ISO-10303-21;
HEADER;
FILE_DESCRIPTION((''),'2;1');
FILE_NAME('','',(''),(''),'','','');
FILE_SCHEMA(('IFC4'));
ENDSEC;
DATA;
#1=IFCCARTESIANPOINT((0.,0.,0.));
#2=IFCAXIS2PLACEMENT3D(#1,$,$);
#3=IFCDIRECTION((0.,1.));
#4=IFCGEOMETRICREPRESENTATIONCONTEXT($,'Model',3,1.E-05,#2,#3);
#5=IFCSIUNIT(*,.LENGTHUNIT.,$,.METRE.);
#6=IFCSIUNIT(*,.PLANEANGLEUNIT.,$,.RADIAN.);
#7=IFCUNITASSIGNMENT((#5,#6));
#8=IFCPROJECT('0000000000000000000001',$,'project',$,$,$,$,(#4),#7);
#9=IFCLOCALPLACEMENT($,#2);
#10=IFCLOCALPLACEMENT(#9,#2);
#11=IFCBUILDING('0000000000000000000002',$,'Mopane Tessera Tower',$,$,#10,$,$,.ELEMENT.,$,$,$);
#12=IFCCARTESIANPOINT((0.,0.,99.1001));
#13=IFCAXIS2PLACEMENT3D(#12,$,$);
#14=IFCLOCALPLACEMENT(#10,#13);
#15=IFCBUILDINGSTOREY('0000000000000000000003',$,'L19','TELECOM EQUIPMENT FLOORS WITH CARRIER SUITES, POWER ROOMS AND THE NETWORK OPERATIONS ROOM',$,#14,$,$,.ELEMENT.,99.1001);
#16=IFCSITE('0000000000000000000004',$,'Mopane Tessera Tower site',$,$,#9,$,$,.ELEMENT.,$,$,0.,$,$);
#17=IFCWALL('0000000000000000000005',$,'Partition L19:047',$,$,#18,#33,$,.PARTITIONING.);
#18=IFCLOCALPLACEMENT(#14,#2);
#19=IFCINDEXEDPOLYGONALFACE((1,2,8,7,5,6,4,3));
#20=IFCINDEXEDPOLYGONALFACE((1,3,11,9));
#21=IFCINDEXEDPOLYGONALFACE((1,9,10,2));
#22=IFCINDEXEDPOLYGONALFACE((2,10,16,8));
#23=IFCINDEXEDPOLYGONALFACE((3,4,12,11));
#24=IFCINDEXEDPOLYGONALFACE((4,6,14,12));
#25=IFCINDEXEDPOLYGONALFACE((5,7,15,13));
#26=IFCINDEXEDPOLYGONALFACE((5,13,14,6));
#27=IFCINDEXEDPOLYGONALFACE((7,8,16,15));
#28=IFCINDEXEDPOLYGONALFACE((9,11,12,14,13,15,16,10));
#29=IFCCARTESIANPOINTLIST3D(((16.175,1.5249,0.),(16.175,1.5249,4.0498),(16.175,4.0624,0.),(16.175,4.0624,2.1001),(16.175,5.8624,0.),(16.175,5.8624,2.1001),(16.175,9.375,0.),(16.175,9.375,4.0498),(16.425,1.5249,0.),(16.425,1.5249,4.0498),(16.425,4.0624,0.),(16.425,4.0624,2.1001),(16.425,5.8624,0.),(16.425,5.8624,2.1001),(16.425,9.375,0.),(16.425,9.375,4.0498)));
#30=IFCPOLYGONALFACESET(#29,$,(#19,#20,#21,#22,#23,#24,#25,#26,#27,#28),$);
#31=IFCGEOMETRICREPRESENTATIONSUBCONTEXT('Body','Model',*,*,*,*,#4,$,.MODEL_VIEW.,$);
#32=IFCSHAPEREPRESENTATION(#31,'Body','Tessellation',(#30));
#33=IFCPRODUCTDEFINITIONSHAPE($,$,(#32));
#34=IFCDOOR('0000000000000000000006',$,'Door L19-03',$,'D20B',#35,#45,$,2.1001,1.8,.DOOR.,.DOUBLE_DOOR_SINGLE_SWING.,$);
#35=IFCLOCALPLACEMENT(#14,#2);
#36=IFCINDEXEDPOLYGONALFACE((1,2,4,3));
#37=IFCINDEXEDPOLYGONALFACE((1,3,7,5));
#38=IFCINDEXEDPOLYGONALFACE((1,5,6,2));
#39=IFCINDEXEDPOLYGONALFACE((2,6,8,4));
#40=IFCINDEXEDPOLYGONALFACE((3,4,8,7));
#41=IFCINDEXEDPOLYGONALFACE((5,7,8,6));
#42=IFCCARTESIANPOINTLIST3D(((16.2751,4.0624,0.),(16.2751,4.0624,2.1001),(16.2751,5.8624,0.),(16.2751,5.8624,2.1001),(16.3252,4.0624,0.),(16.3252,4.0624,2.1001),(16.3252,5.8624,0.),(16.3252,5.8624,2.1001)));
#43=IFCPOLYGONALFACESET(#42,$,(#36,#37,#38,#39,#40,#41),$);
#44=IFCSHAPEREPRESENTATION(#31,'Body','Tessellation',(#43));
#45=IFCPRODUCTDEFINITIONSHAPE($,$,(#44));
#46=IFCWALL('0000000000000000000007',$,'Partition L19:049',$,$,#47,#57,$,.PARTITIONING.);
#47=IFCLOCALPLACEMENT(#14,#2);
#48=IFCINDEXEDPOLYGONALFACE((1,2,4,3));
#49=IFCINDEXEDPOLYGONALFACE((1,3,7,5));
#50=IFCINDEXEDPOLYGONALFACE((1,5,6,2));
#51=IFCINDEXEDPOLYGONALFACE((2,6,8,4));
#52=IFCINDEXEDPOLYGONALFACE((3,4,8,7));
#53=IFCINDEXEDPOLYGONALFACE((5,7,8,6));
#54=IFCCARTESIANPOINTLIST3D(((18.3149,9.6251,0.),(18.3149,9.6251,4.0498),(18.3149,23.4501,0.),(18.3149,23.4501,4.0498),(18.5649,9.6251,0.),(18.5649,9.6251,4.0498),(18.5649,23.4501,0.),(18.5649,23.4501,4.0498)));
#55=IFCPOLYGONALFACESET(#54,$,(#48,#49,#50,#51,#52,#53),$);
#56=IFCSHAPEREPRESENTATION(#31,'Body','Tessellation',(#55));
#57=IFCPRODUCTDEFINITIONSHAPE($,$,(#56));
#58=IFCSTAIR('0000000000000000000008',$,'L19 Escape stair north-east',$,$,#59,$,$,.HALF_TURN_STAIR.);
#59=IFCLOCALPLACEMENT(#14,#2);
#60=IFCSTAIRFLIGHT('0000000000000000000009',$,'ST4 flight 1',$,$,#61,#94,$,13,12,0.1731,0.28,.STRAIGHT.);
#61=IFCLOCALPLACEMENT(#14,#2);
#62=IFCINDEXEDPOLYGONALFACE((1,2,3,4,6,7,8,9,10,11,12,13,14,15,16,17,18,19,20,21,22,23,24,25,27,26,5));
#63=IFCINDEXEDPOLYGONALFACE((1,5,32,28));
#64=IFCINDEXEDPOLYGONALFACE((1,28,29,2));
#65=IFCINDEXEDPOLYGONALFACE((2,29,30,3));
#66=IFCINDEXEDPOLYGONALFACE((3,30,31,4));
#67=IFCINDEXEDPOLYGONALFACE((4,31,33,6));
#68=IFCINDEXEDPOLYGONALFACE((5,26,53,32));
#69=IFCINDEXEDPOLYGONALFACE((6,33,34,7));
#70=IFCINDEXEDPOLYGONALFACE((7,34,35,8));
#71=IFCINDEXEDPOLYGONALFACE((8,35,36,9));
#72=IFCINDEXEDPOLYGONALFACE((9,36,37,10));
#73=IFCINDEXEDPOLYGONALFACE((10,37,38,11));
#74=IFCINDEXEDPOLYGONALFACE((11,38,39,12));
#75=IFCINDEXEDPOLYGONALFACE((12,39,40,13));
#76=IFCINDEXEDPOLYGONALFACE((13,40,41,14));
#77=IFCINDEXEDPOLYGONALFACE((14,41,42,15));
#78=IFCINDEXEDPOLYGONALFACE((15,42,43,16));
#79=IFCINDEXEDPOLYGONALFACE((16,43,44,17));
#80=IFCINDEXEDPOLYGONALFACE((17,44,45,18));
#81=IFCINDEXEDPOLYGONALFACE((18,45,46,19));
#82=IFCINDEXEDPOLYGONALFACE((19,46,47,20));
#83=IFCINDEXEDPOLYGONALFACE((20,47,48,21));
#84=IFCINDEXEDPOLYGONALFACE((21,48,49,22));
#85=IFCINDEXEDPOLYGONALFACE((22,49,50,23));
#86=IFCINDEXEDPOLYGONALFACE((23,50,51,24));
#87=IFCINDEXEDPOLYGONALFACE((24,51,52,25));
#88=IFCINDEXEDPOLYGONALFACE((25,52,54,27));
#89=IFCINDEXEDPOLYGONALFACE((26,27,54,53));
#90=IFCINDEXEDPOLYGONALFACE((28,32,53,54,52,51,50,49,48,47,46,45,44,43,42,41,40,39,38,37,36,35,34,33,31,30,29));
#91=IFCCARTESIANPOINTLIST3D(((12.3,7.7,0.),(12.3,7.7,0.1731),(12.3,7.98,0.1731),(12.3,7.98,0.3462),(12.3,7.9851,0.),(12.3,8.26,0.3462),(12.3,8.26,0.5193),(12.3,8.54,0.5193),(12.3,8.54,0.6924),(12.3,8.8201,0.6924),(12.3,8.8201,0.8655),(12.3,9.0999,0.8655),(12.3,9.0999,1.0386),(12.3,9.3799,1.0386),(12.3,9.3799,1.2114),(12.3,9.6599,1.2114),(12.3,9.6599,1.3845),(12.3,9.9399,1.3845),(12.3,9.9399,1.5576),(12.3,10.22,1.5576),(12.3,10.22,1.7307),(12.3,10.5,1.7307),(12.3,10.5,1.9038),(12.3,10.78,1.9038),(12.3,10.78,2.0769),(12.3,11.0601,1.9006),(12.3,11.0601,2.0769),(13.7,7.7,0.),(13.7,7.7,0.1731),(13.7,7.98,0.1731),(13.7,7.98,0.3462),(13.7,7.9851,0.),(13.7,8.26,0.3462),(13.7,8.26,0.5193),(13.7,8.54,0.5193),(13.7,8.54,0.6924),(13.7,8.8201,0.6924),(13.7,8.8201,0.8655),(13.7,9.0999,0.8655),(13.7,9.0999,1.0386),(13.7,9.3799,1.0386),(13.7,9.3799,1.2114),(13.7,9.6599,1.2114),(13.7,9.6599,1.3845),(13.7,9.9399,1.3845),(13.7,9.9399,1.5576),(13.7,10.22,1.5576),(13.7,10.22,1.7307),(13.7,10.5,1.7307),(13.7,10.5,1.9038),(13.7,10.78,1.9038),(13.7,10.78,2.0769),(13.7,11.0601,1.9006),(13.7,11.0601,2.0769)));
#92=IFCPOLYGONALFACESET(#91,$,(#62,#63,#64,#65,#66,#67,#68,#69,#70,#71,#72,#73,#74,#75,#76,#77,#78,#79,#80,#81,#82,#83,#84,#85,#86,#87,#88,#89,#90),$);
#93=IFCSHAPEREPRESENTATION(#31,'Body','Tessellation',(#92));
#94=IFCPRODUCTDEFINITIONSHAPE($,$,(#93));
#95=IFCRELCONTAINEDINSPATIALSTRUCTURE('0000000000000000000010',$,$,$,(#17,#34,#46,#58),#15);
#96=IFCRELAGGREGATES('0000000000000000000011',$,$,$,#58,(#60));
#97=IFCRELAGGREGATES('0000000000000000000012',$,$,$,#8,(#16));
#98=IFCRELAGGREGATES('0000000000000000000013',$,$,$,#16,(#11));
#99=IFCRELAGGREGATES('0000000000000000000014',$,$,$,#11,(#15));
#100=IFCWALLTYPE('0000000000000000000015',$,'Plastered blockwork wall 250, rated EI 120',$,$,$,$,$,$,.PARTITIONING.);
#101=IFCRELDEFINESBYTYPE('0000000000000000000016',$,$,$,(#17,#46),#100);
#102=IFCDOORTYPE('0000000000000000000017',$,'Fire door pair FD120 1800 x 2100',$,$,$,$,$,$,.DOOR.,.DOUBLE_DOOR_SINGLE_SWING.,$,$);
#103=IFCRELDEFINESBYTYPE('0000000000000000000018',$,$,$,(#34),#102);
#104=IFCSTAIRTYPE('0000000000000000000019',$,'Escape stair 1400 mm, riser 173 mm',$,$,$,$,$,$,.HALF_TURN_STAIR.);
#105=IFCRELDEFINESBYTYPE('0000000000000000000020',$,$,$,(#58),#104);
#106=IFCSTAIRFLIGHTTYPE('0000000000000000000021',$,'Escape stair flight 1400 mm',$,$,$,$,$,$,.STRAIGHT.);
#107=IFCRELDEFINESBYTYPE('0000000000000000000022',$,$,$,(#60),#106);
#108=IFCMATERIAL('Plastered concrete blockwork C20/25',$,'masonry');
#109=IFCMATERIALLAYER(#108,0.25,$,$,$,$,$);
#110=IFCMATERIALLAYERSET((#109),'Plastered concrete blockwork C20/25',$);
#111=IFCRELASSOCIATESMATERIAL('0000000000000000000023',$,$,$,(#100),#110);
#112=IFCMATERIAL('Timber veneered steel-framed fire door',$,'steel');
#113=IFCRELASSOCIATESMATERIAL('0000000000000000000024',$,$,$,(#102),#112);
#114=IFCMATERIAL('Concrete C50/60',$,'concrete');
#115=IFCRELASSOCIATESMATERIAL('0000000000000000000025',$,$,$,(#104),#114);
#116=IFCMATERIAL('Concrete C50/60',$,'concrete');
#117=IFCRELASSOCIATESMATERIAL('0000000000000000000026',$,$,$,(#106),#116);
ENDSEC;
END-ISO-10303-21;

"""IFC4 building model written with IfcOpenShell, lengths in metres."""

from ifc_helpers import new_model, si_unit, direction, frame, frame_2d, origin, place, context, subcontext, project, spatial, polyline, rectangle, outline, extrude, material, layer, layer_set, type_object, element, fill, aggregate, save


model = new_model("IFC4")

# Units and contexts
model_context = context("Model", 3, precision=1e-05, world=origin(), true_north=direction((0.0, 1.0)))
body_context = subcontext(model_context, "Body", "Model", "MODEL_VIEW")
ifc_project = project(units=[si_unit("LENGTHUNIT", "METRE"), si_unit("PLANEANGLEUNIT", "RADIAN")], contexts=[model_context])

# Site, building, storey
site_placement = place(None, origin())
site = spatial("IfcSite", under=ifc_project, at=site_placement, Name="Mopane Tessera Tower site", CompositionType="ELEMENT", RefElevation=0.0)
building_placement = place(site_placement, origin())
building = spatial("IfcBuilding", under=site, at=building_placement, Name="Mopane Tessera Tower", CompositionType="ELEMENT")
storey_placement = place(building_placement, frame((0.0, 0.0, 99.1001)))
storey = spatial("IfcBuildingStorey", under=building, at=storey_placement, Name="L19", Description="TELECOM EQUIPMENT FLOORS WITH CARRIER SUITES, POWER ROOMS AND THE NETWORK OPERATIONS ROOM", CompositionType="ELEMENT", Elevation=99.1001)

# Shared definitions
ifc_material_1 = material(Name="Plastered concrete blockwork C20/25", Category="masonry")
ifc_layer_1 = layer(ifc_material_1, 0.25)
ifc_layer_set_1 = layer_set([ifc_layer_1], Name="Plastered concrete blockwork C20/25")
wall_type_1 = type_object("IfcWallType", Name="Plastered blockwork wall 250, rated EI 120", PredefinedType="PARTITIONING", material=ifc_layer_set_1)

# Wall, opening, door
wall_1_placement = place(storey_placement, frame((16.3, 1.5249, 0.0), z_axis=(0.0, 0.0, 1.0), x_axis=(0.0, 1.0, 0.0)))
wall_1 = element("IfcWall", 1, at=wall_1_placement, inside=storey, type_object=wall_type_1, Name="Partition L19:047", PredefinedType="PARTITIONING", context=body_context, shape_type="SweptSolid", body=[
    extrude(rectangle(XDim=7.8501, YDim=0.25, at=frame_2d((3.925, 0.0))), origin(), (0.0, 0.0, 1.0), 4.0498),
])
opening_placement = place(wall_1_placement, frame((2.5376, 0.0, 0.0)))
opening = element("IfcOpeningElement", 2, at=opening_placement, cuts=wall_1, PredefinedType="OPENING", context=body_context, shape_type="SweptSolid", body=[
    extrude(rectangle(XDim=1.8, YDim=2.1001, at=frame_2d((0.8999, 1.05))), frame((0.0, 0.137, 0.0), z_axis=(0.0, -1.0, 0.0), x_axis=(1.0, 0.0, 0.0)), (0.0, 0.0, 1.0), 0.2739),
])
ifc_material_2 = material(Name="Timber veneered steel-framed fire door", Category="steel")
door_type = type_object("IfcDoorType", Name="Fire door pair FD120 1800 x 2100", OperationType="DOUBLE_DOOR_SINGLE_SWING", PredefinedType="DOOR", material=ifc_material_2)
door_placement = place(opening_placement, origin())
door = element("IfcDoor", 3, at=door_placement, inside=storey, type_object=door_type, Name="Door L19-03", ObjectType="D20B", OperationType="DOUBLE_DOOR_SINGLE_SWING", OverallHeight=2.1001, OverallWidth=1.8, PredefinedType="DOOR", context=body_context, shape_type="SweptSolid", body=[
    extrude(rectangle(XDim=1.8, YDim=2.1001, at=frame_2d((0.8999, 1.05))), frame((0.0, 0.0249, 0.0), z_axis=(0.0, -1.0, 0.0), x_axis=(1.0, 0.0, 0.0)), (0.0, 0.0, 1.0), 0.05),
])
fill(opening, door)

# Wall
wall_2_placement = place(storey_placement, frame((18.4399, 9.625, 0.0), z_axis=(0.0, 0.0, 1.0), x_axis=(0.0, 1.0, 0.0)))
element("IfcWall", 4, at=wall_2_placement, inside=storey, type_object=wall_type_1, Name="Partition L19:049", PredefinedType="PARTITIONING", context=body_context, shape_type="SweptSolid", body=[
    extrude(rectangle(XDim=13.825, YDim=0.25, at=frame_2d((6.9126, 0.0))), origin(), (0.0, 0.0, 1.0), 4.0498),
])

# Stair, stair flight
ifc_material_3 = material(Name="Concrete C50/60", Category="concrete")
stair_type = type_object("IfcStairType", Name="Escape stair 1400 mm, riser 173 mm", PredefinedType="HALF_TURN_STAIR", material=ifc_material_3)
stair_placement = place(storey_placement, origin())
stair = element("IfcStair", 5, at=stair_placement, inside=storey, type_object=stair_type, Name="L19 Escape stair north-east", PredefinedType="HALF_TURN_STAIR")
ifc_material_4 = material(Name="Concrete C50/60", Category="concrete")
stair_flight_type = type_object("IfcStairFlightType", Name="Escape stair flight 1400 mm", PredefinedType="STRAIGHT", material=ifc_material_4)
stair_flight_placement = place(storey_placement, frame((13.0, 7.7, 0.0), z_axis=(0.0, 0.0, 1.0), x_axis=(0.0, 1.0, 0.0)))
stair_flight = element("IfcStairFlight", 6, at=stair_flight_placement, type_object=stair_flight_type, Name="ST4 flight 1", NumberOfRisers=13, NumberOfTreads=12, PredefinedType="STRAIGHT", RiserHeight=0.1731, TreadLength=0.28, context=body_context, shape_type="SweptSolid", body=[
    extrude(outline(polyline([(0.0, 0.0), (0.0, 0.1731), (0.28, 0.1731), (0.28, 0.3462), (0.5601, 0.3462), (0.5601, 0.5193), (0.8401, 0.5193), (0.8401, 0.6924), (1.1201, 0.6924), (1.1201, 0.8655), (1.3999, 0.8655), (1.3999, 1.0386), (1.6799, 1.0386), (1.6799, 1.2114), (1.96, 1.2114), (1.96, 1.3845), (2.24, 1.3845), (2.24, 1.5576), (2.52, 1.5576), (2.52, 1.7307), (2.8, 1.7307), (2.8, 1.9038), (3.0801, 1.9038), (3.0801, 2.0769), (3.3601, 2.0769), (3.3601, 2.25), (3.3601, 1.9006), (0.2852, 0.0), (0.0, 0.0)])), frame((0.0, 0.7, 0.0), z_axis=(0.0, -1.0, 0.0), x_axis=(1.0, 0.0, 0.0)), (0.0, 0.0, 1.0), 1.3999),
])
aggregate(stair, [stair_flight])

save(model, "model.ifc")
